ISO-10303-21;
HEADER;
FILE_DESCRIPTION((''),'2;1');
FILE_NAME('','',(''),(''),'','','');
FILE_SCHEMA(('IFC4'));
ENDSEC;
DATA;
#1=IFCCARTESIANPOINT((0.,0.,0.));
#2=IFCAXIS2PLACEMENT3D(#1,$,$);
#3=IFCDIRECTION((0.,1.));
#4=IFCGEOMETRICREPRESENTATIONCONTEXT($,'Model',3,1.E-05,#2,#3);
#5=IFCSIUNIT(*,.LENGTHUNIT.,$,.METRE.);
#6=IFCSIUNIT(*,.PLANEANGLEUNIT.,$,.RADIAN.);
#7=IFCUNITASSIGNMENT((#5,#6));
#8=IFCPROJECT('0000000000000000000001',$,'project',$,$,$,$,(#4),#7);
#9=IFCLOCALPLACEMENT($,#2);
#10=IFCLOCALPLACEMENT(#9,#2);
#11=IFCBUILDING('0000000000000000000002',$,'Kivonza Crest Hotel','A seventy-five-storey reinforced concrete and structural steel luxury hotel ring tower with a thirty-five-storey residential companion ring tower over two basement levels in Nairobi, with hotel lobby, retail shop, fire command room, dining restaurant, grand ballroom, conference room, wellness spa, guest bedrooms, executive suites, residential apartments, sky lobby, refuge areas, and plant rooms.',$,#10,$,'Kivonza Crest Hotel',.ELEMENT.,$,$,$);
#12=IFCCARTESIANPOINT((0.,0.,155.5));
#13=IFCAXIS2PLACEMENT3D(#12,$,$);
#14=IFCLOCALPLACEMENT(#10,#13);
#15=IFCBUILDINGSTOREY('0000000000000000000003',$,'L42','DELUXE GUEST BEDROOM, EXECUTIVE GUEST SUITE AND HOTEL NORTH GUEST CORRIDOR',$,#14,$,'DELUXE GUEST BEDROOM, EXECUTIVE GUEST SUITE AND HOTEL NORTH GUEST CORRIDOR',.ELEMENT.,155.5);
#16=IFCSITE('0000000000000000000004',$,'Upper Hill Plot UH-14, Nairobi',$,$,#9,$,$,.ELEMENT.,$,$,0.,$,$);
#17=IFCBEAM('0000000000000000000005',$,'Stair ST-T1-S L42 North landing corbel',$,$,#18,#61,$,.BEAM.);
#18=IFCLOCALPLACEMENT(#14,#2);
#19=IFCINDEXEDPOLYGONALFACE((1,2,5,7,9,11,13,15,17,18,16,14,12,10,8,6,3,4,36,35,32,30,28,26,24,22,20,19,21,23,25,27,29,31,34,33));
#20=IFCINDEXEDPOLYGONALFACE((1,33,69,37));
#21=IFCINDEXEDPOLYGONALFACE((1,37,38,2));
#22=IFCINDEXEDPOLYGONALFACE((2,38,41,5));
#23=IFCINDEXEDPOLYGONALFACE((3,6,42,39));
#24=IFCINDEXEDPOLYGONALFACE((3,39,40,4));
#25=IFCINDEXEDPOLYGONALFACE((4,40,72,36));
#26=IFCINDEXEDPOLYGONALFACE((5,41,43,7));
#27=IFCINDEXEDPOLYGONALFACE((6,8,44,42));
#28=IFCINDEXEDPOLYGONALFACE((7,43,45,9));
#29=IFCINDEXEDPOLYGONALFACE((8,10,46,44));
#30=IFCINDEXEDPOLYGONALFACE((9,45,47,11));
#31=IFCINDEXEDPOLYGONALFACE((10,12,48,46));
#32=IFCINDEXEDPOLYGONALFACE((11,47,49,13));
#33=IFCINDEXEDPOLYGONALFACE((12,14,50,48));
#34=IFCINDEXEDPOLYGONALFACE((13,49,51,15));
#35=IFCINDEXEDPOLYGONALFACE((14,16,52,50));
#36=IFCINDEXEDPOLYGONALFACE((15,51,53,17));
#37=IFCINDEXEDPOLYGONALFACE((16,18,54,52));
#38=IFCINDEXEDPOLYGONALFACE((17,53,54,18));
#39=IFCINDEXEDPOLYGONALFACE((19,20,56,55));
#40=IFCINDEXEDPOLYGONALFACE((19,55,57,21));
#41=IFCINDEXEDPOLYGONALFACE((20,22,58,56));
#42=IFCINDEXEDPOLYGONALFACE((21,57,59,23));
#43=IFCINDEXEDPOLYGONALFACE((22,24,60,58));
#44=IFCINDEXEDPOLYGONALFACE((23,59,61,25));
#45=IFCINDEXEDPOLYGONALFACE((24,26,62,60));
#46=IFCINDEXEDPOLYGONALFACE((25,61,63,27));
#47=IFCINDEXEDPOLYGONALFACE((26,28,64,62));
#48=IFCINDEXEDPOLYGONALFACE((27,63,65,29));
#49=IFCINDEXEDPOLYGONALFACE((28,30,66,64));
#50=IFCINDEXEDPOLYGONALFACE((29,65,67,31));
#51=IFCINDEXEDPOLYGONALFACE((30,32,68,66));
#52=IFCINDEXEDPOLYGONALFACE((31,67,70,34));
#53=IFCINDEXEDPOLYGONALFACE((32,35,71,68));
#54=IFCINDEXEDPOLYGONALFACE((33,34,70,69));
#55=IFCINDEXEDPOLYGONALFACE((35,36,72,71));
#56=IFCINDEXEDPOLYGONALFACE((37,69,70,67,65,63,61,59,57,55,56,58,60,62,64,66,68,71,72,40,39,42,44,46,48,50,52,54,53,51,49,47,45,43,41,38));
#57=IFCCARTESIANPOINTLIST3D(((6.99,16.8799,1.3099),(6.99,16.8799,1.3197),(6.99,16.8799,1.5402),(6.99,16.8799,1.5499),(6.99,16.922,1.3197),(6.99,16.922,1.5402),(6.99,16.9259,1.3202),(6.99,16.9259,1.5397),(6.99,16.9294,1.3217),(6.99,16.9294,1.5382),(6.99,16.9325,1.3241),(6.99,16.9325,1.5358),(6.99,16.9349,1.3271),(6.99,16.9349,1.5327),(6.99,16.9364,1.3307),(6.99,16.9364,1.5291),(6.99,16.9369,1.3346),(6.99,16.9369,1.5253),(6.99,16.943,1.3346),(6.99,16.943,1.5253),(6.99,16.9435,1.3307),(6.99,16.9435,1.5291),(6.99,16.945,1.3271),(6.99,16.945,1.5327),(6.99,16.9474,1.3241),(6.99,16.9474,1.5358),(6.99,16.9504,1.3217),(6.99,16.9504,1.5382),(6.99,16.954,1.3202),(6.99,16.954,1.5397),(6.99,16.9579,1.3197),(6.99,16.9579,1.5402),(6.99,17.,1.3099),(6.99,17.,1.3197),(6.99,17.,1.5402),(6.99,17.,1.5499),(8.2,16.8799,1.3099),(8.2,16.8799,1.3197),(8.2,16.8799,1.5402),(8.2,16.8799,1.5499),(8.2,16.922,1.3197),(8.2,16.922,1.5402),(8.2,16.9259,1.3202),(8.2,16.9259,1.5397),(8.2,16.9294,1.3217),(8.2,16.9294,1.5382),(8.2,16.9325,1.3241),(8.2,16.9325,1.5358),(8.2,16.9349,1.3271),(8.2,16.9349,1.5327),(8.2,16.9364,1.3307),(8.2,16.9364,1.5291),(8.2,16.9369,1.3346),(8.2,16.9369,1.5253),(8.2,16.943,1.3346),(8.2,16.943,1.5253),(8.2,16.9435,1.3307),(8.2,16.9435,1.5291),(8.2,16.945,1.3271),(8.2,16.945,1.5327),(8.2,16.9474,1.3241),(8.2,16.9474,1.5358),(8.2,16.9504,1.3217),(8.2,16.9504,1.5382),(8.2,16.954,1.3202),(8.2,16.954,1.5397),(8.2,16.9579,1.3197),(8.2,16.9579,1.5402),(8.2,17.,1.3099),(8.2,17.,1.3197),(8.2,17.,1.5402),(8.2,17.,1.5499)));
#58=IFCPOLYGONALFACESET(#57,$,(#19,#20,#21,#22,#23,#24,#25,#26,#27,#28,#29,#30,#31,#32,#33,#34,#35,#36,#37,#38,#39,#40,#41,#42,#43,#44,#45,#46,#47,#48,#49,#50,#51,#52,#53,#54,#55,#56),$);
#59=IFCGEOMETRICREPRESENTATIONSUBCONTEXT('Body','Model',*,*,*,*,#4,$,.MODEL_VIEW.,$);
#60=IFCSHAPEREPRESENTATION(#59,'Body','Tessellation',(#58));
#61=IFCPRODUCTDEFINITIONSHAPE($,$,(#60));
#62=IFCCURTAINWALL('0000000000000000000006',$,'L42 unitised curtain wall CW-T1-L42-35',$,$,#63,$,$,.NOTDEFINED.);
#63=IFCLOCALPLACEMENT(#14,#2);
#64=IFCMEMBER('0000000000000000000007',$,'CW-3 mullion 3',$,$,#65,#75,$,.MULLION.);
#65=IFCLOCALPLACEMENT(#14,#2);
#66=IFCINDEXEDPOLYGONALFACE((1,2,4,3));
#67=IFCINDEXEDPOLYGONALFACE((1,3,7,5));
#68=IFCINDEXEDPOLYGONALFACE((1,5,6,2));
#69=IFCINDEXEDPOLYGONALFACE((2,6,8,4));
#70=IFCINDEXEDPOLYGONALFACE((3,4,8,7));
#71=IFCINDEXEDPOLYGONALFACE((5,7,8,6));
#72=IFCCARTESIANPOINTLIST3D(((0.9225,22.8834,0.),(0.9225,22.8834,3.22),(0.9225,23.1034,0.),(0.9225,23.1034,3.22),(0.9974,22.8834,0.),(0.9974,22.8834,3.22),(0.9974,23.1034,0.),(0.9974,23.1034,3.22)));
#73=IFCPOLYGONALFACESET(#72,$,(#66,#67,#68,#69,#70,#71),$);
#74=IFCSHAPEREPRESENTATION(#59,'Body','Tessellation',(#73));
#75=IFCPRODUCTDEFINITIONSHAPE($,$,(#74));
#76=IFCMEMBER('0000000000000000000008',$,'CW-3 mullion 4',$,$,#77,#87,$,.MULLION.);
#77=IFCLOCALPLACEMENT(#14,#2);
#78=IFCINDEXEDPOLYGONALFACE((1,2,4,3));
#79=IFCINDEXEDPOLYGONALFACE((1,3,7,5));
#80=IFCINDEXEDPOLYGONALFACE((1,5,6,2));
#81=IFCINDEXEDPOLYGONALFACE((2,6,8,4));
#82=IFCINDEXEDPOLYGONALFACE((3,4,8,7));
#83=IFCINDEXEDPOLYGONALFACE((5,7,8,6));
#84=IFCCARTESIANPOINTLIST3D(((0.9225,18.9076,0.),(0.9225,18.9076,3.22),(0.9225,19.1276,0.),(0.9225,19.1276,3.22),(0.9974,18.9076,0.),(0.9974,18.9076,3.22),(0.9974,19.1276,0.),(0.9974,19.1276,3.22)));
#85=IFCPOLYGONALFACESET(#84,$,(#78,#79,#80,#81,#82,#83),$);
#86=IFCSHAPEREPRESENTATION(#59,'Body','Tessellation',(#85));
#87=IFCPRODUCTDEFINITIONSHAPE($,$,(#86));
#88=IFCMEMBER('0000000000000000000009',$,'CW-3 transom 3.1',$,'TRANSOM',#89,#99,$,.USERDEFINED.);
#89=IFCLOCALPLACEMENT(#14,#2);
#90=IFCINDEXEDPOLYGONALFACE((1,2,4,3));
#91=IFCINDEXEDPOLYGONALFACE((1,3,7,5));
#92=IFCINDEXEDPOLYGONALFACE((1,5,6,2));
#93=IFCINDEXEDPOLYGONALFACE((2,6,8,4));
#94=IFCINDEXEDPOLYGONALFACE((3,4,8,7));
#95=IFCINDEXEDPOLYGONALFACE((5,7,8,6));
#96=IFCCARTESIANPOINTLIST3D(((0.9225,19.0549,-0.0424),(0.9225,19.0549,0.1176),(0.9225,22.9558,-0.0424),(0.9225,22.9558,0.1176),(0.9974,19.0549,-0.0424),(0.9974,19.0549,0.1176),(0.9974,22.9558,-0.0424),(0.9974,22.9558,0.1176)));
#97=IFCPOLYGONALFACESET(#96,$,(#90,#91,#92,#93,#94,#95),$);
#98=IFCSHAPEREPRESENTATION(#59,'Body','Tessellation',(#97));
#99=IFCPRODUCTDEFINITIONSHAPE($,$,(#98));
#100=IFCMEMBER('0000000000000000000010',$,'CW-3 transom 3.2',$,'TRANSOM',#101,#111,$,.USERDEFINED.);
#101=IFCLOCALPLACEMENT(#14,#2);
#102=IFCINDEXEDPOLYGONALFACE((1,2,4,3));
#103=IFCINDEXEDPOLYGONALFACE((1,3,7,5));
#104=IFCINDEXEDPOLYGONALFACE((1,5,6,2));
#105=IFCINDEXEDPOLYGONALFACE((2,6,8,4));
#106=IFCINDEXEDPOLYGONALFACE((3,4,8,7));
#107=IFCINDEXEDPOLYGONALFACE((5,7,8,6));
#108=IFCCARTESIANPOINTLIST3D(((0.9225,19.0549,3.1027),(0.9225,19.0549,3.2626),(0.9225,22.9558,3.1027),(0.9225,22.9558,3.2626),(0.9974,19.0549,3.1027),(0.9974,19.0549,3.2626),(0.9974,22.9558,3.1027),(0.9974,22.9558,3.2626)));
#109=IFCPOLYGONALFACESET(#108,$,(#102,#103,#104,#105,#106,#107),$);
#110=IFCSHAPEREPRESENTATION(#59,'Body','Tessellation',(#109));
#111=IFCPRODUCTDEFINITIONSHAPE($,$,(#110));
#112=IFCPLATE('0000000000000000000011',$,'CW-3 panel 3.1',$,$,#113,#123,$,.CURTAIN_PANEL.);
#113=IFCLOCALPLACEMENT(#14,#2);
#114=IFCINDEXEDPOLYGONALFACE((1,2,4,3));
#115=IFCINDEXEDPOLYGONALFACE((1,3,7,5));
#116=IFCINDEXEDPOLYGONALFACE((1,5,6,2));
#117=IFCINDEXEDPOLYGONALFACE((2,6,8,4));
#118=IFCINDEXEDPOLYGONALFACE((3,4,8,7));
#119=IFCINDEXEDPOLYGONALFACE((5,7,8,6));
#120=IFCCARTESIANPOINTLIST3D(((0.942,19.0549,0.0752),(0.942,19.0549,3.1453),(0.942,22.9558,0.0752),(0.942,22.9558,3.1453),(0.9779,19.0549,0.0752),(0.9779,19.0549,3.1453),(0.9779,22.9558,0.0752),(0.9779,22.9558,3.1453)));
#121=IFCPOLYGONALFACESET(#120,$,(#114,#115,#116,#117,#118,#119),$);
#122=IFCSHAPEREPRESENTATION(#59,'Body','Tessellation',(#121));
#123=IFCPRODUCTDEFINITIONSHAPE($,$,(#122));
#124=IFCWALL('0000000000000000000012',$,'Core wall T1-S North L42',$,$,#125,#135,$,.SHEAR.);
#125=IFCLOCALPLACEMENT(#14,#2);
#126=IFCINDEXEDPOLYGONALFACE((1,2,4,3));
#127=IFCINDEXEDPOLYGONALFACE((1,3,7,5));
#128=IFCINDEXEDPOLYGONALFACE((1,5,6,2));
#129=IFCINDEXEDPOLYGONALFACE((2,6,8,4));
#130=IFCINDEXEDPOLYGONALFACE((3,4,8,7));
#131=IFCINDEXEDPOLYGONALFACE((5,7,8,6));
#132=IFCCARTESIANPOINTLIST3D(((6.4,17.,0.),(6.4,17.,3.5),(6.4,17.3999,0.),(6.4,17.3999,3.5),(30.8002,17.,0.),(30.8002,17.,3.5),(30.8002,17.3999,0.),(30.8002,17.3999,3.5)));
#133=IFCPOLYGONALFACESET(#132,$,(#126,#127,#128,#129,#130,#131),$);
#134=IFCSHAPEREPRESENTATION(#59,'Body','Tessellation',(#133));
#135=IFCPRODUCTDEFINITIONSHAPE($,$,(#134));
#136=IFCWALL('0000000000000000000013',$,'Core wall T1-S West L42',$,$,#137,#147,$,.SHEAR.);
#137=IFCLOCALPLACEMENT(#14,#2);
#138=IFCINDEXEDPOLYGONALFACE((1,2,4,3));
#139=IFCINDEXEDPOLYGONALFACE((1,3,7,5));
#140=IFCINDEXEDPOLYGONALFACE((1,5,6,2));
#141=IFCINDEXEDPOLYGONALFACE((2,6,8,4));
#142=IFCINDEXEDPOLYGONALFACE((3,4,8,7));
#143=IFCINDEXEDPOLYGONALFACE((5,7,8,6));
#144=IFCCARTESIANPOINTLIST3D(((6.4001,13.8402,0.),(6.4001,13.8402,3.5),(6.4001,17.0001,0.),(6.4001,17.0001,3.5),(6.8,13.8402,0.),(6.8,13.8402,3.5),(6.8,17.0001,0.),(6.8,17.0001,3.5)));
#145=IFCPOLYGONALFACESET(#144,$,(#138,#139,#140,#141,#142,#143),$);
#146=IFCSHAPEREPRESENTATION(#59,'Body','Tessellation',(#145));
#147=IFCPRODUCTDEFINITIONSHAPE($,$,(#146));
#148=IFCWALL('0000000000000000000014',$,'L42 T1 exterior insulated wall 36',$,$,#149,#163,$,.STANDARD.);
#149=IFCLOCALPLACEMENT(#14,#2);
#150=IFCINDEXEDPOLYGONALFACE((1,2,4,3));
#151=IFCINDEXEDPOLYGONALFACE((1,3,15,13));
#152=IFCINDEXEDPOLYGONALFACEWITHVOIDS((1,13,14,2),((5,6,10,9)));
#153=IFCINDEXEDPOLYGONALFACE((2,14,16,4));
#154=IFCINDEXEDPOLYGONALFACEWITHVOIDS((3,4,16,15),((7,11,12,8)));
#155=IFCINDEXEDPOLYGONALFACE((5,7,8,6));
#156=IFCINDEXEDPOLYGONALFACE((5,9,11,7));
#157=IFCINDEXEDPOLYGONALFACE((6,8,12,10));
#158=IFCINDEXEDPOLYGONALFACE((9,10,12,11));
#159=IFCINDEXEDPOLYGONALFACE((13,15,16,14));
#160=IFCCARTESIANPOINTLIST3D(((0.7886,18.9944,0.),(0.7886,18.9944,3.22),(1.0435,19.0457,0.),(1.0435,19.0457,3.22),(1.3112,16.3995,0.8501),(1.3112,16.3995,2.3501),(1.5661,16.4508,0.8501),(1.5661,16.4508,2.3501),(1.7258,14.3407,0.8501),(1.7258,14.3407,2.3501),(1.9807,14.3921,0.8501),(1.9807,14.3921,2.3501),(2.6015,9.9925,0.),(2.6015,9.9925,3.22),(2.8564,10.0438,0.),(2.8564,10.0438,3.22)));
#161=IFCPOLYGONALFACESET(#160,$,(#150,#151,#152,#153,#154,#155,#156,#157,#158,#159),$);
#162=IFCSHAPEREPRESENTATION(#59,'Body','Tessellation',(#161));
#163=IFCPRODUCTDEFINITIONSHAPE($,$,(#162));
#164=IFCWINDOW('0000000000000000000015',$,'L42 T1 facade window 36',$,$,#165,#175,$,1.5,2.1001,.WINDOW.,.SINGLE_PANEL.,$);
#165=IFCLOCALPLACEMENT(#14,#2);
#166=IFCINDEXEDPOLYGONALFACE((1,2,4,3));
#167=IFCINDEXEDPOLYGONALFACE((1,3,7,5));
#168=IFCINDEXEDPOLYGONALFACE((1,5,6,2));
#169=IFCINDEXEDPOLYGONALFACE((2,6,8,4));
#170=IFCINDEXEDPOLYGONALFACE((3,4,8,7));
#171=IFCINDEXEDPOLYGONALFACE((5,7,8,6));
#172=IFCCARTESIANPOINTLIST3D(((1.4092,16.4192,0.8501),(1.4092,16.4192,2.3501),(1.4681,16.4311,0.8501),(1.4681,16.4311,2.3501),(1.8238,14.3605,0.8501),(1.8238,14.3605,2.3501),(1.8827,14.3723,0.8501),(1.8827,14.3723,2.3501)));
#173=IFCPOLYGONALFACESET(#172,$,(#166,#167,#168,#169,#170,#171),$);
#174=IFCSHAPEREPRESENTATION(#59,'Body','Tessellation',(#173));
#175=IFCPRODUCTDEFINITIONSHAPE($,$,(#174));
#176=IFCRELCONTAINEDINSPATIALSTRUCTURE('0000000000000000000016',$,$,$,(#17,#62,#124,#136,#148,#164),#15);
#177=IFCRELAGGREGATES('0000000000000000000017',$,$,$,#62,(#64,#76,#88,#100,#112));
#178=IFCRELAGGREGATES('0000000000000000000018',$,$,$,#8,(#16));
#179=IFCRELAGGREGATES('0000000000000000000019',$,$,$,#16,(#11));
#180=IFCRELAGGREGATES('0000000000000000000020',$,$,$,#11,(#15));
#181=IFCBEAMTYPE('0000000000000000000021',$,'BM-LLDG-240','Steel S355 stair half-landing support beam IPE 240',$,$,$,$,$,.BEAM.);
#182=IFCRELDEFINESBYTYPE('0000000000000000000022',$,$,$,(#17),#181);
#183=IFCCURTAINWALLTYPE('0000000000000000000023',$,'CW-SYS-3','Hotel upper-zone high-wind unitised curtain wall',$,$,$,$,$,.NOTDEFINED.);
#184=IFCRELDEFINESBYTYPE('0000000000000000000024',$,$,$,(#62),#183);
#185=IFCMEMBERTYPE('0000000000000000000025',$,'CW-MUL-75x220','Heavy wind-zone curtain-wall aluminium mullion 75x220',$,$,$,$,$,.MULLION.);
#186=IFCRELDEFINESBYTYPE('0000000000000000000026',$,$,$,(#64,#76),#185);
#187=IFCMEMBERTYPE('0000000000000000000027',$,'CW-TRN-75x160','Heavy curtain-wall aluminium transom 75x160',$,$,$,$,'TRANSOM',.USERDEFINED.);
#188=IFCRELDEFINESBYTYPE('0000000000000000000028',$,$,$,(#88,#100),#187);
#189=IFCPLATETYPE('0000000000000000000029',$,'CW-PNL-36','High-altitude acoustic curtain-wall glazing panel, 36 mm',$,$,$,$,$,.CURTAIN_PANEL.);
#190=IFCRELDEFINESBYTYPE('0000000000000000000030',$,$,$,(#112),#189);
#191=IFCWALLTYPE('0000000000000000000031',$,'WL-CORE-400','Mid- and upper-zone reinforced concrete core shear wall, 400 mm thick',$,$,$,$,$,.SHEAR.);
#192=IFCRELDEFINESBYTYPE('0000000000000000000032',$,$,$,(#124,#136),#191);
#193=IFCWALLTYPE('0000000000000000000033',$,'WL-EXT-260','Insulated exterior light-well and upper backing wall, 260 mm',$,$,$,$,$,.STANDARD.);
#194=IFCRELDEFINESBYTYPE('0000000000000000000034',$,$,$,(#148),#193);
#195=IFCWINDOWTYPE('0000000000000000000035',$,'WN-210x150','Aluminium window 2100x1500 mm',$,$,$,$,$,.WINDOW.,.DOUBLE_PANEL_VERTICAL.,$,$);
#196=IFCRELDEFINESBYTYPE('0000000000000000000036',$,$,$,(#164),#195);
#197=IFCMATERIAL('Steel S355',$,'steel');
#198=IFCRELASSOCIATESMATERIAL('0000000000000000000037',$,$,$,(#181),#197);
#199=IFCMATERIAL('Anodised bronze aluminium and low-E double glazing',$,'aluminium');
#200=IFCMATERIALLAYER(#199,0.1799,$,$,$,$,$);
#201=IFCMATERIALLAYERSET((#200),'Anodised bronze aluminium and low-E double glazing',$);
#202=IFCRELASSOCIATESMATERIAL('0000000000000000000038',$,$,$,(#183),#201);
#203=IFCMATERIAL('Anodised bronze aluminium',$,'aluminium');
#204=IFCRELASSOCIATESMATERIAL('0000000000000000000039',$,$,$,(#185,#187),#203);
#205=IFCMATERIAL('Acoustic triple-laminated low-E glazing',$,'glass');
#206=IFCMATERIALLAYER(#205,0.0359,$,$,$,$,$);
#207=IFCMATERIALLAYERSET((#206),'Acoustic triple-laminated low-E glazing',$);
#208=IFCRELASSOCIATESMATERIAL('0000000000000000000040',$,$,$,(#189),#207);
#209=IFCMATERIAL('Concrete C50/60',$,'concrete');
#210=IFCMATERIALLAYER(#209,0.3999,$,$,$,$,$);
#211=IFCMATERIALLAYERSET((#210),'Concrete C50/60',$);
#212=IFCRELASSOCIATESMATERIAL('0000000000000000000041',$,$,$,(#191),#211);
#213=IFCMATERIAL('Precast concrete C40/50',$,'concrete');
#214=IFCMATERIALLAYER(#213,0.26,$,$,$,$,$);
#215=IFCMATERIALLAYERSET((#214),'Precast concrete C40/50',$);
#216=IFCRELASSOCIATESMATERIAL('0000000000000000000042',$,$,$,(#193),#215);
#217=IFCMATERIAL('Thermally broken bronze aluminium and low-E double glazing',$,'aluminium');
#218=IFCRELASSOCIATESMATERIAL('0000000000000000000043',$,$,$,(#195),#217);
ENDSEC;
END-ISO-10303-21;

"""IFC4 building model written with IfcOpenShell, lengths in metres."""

from ifc_helpers import new_model, si_unit, direction, frame, frame_2d, origin, origin_2d, place, context, subcontext, project, spatial, rectangle, i_section, extrude, material, layer, layer_set, material_profile, profile_set, type_object, element, fill, aggregate, save


model = new_model("IFC4")

# Units and contexts
model_context = context("Model", 3, precision=1e-05, world=origin(), true_north=direction((0.0, 1.0)))
body_context = subcontext(model_context, "Body", "Model", "MODEL_VIEW")
ifc_project = project(units=[si_unit("LENGTHUNIT", "METRE"), si_unit("PLANEANGLEUNIT", "RADIAN")], contexts=[model_context])

# Site, building, storey
site_placement = place(None, origin())
site = spatial("IfcSite", under=ifc_project, at=site_placement, Name="Upper Hill Plot UH-14, Nairobi", CompositionType="ELEMENT", RefElevation=0.0)
building_placement = place(site_placement, origin())
building = spatial("IfcBuilding", under=site, at=building_placement, Name="Kivonza Crest Hotel", Description="A seventy-five-storey reinforced concrete and structural steel luxury hotel ring tower with a thirty-five-storey residential companion ring tower over two basement levels in Nairobi, with hotel lobby, retail shop, fire command room, dining restaurant, grand ballroom, conference room, wellness spa, guest bedrooms, executive suites, residential apartments, sky lobby, refuge areas, and plant rooms.", LongName="Kivonza Crest Hotel", CompositionType="ELEMENT")
storey_placement = place(building_placement, frame((0.0, 0.0, 155.5)))
storey = spatial("IfcBuildingStorey", under=building, at=storey_placement, Name="L42", Description="DELUXE GUEST BEDROOM, EXECUTIVE GUEST SUITE AND HOTEL NORTH GUEST CORRIDOR", LongName="DELUXE GUEST BEDROOM, EXECUTIVE GUEST SUITE AND HOTEL NORTH GUEST CORRIDOR", CompositionType="ELEMENT", Elevation=155.5)

# Shared definitions
ifc_material_1 = material(Name="Concrete C50/60", Category="concrete")

# Beam
ifc_material_2 = material(Name="Steel S355", Category="steel")
ifc_material_profile_1 = material_profile(ifc_material_2, i_section(OverallWidth=0.1201, OverallDepth=0.24, WebThickness=0.0061, FlangeThickness=0.0098, FilletRadius=0.0149, at=origin_2d()), Name="IPE 240")
ifc_profile_set_1 = profile_set([ifc_material_profile_1], Name="Steel S355")
beam_type_1 = type_object("IfcBeamType", Name="BM-LLDG-240", Description="Steel S355 stair half-landing support beam IPE 240", PredefinedType="BEAM", material=ifc_profile_set_1)
for number, where, z_axis, x_axis, name in (
    (1, (6.99, 16.9399, 1.4299), (1.0, 0.0, 0.0), (0.0, 1.0, 0.0), "Stair ST-T1-S L42 North landing corbel"),
):
    element("IfcBeam", number, at=place(storey_placement, frame(where, z_axis=z_axis, x_axis=x_axis)), inside=storey, type_object=beam_type_1, Name=name, PredefinedType="BEAM", context=body_context, shape_type="SweptSolid", body=[
        extrude(i_section(OverallWidth=0.1201, OverallDepth=0.24, WebThickness=0.0061, FlangeThickness=0.0098, FilletRadius=0.0149, at=origin_2d()), origin(), (0.0, 0.0, 1.0), 1.21),
    ])

# Curtain wall, members, plate
ifc_material_3 = material(Name="Anodised bronze aluminium and low-E double glazing", Category="aluminium")
ifc_layer_1 = layer(ifc_material_3, 0.1799)
ifc_layer_set_1 = layer_set([ifc_layer_1], Name="Anodised bronze aluminium and low-E double glazing")
curtain_wall_type = type_object("IfcCurtainWallType", Name="CW-SYS-3", Description="Hotel upper-zone high-wind unitised curtain wall", PredefinedType="NOTDEFINED", material=ifc_layer_set_1)
curtain_wall_placement = place(storey_placement, origin())
curtain_wall = element("IfcCurtainWall", 2, at=curtain_wall_placement, inside=storey, type_object=curtain_wall_type, Name="L42 unitised curtain wall CW-T1-L42-35", PredefinedType="NOTDEFINED")
ifc_material_4 = material(Name="Anodised bronze aluminium", Category="aluminium")
ifc_material_profile_2 = material_profile(ifc_material_4, rectangle(XDim=0.075, YDim=0.22, at=origin_2d()), Name="CW-M 75x220")
ifc_profile_set_2 = profile_set([ifc_material_profile_2], Name="Anodised bronze aluminium")
member_type_1 = type_object("IfcMemberType", Name="CW-MUL-75x220", Description="Heavy wind-zone curtain-wall aluminium mullion 75x220", PredefinedType="MULLION", material=ifc_profile_set_2)
member_1_placement = place(storey_placement, frame((0.96, 22.9934, 0.0), z_axis=(0.0, 0.0, 1.0), x_axis=(1.0, 0.0, 0.0)))
member_1 = element("IfcMember", 3, at=member_1_placement, type_object=member_type_1, Name="CW-3 mullion 3", PredefinedType="MULLION", context=body_context, shape_type="SweptSolid", body=[
    extrude(rectangle(XDim=0.075, YDim=0.22, at=origin_2d()), origin(), (0.0, 0.0, 1.0), 3.22),
])
member_2_placement = place(storey_placement, frame((0.96, 19.0176, 0.0), z_axis=(0.0, 0.0, 1.0), x_axis=(1.0, 0.0, 0.0)))
member_2 = element("IfcMember", 4, at=member_2_placement, type_object=member_type_1, Name="CW-3 mullion 4", PredefinedType="MULLION", context=body_context, shape_type="SweptSolid", body=[
    extrude(rectangle(XDim=0.075, YDim=0.22, at=origin_2d()), origin(), (0.0, 0.0, 1.0), 3.22),
])
ifc_material_profile_3 = material_profile(ifc_material_4, rectangle(XDim=0.075, YDim=0.1599, at=origin_2d()), Name="CW-T 75x160")
ifc_profile_set_3 = profile_set([ifc_material_profile_3], Name="Anodised bronze aluminium")
member_type_2 = type_object("IfcMemberType", Name="CW-TRN-75x160", Description="Heavy curtain-wall aluminium transom 75x160", ElementType="TRANSOM", PredefinedType="USERDEFINED", material=ifc_profile_set_3)
member_3_placement = place(storey_placement, frame((0.96, 22.9558, 0.0376), z_axis=(0.0, -1.0, 0.0), x_axis=(1.0, 0.0, 0.0)))
member_3 = element("IfcMember", 5, at=member_3_placement, type_object=member_type_2, Name="CW-3 transom 3.1", ObjectType="TRANSOM", PredefinedType="USERDEFINED", context=body_context, shape_type="SweptSolid", body=[
    extrude(rectangle(XDim=0.075, YDim=0.1599, at=origin_2d()), origin(), (0.0, 0.0, 1.0), 3.9009),
])
member_4_placement = place(storey_placement, frame((0.96, 22.9558, 3.1826), z_axis=(0.0, -1.0, 0.0), x_axis=(1.0, 0.0, 0.0)))
member_4 = element("IfcMember", 6, at=member_4_placement, type_object=member_type_2, Name="CW-3 transom 3.2", ObjectType="TRANSOM", PredefinedType="USERDEFINED", context=body_context, shape_type="SweptSolid", body=[
    extrude(rectangle(XDim=0.075, YDim=0.1599, at=origin_2d()), origin(), (0.0, 0.0, 1.0), 3.9009),
])
ifc_material_5 = material(Name="Acoustic triple-laminated low-E glazing", Category="glass")
ifc_layer_2 = layer(ifc_material_5, 0.0359)
ifc_layer_set_2 = layer_set([ifc_layer_2], Name="Acoustic triple-laminated low-E glazing")
plate_type = type_object("IfcPlateType", Name="CW-PNL-36", Description="High-altitude acoustic curtain-wall glazing panel, 36 mm", PredefinedType="CURTAIN_PANEL", material=ifc_layer_set_2)
plate_placement = place(storey_placement, frame((0.96, 21.0054, 0.0752), z_axis=(0.0, 0.0, 1.0), x_axis=(0.0, -1.0, 0.0)))
plate = element("IfcPlate", 7, at=plate_placement, type_object=plate_type, Name="CW-3 panel 3.1", PredefinedType="CURTAIN_PANEL", context=body_context, shape_type="SweptSolid", body=[
    extrude(rectangle(XDim=3.9009, YDim=0.0359, at=origin_2d()), origin(), (0.0, 0.0, 1.0), 3.0701),
])
aggregate(curtain_wall, [member_1, member_2, member_3, member_4, plate])

# Shared definitions
ifc_layer_3 = layer(ifc_material_1, 0.3999)
ifc_layer_set_3 = layer_set([ifc_layer_3], Name="Concrete C50/60")
wall_type_1 = type_object("IfcWallType", Name="WL-CORE-400", Description="Mid- and upper-zone reinforced concrete core shear wall, 400 mm thick", PredefinedType="SHEAR", material=ifc_layer_set_3)

# Walls
wall_1_placement = place(storey_placement, frame((6.3999, 17.2, 0.0), z_axis=(0.0, 0.0, 1.0), x_axis=(1.0, 0.0, 0.0)))
element("IfcWall", 8, at=wall_1_placement, inside=storey, type_object=wall_type_1, Name="Core wall T1-S North L42", PredefinedType="SHEAR", context=body_context, shape_type="SweptSolid", body=[
    extrude(rectangle(XDim=24.4001, YDim=0.3999, at=frame_2d((12.2002, 0.0))), origin(), (0.0, 0.0, 1.0), 3.5),
])
wall_2_placement = place(storey_placement, frame((6.6001, 13.8401, 0.0), z_axis=(0.0, 0.0, 1.0), x_axis=(0.0, 1.0, 0.0)))
element("IfcWall", 9, at=wall_2_placement, inside=storey, type_object=wall_type_1, Name="Core wall T1-S West L42", PredefinedType="SHEAR", context=body_context, shape_type="SweptSolid", body=[
    extrude(rectangle(XDim=3.1599, YDim=0.3999, at=frame_2d((1.5801, 0.0))), origin(), (0.0, 0.0, 1.0), 3.5),
])

# Wall, opening, window
ifc_material_6 = material(Name="Precast concrete C40/50", Category="concrete")
ifc_layer_4 = layer(ifc_material_6, 0.26)
ifc_layer_set_4 = layer_set([ifc_layer_4], Name="Precast concrete C40/50")
wall_type_2 = type_object("IfcWallType", Name="WL-EXT-260", Description="Insulated exterior light-well and upper backing wall, 260 mm", PredefinedType="STANDARD", material=ifc_layer_set_4)
wall_3_placement = place(storey_placement, frame((0.916, 19.02, 0.0), z_axis=(0.0, 0.0, 1.0), x_axis=(0.197435, -0.980316, 0.0)))
wall_3 = element("IfcWall", 10, at=wall_3_placement, inside=storey, type_object=wall_type_2, Name="L42 T1 exterior insulated wall 36", PredefinedType="STANDARD", context=body_context, shape_type="SweptSolid", body=[
    extrude(rectangle(XDim=9.1826, YDim=0.26, at=frame_2d((4.5913, 0.0))), origin(), (0.0, 0.0, 1.0), 3.22),
])
opening_1_placement = place(wall_3_placement, frame((2.647, 0.0, 0.8501)))
opening_1 = element("IfcOpeningElement", 11, at=opening_1_placement, cuts=wall_3, PredefinedType="OPENING", context=body_context, shape_type="SweptSolid", body=[
    extrude(rectangle(XDim=2.1001, YDim=1.5, at=frame_2d((1.05, 0.75))), frame((0.0, 0.1401, 0.0), z_axis=(0.0, -1.0, 0.0), x_axis=(1.0, 0.0, 0.0)), (0.0, 0.0, 1.0), 0.28),
])
ifc_material_7 = material(Name="Thermally broken bronze aluminium and low-E double glazing", Category="aluminium")
window_type = type_object("IfcWindowType", Name="WN-210x150", Description="Aluminium window 2100x1500 mm", PartitioningType="DOUBLE_PANEL_VERTICAL", PredefinedType="WINDOW", material=ifc_material_7)
window_placement = place(opening_1_placement, origin())
window = element("IfcWindow", 12, at=window_placement, inside=storey, type_object=window_type, Name="L42 T1 facade window 36", OverallHeight=1.5, OverallWidth=2.1001, PartitioningType="SINGLE_PANEL", PredefinedType="WINDOW", context=body_context, shape_type="SweptSolid", body=[
    extrude(rectangle(XDim=2.1001, YDim=1.5, at=frame_2d((1.05, 0.75))), frame((0.0, 0.03, 0.0), z_axis=(0.0, -1.0, 0.0), x_axis=(1.0, 0.0, 0.0)), (0.0, 0.0, 1.0), 0.0601),
])
fill(opening_1, window)

save(model, "model.ifc")
